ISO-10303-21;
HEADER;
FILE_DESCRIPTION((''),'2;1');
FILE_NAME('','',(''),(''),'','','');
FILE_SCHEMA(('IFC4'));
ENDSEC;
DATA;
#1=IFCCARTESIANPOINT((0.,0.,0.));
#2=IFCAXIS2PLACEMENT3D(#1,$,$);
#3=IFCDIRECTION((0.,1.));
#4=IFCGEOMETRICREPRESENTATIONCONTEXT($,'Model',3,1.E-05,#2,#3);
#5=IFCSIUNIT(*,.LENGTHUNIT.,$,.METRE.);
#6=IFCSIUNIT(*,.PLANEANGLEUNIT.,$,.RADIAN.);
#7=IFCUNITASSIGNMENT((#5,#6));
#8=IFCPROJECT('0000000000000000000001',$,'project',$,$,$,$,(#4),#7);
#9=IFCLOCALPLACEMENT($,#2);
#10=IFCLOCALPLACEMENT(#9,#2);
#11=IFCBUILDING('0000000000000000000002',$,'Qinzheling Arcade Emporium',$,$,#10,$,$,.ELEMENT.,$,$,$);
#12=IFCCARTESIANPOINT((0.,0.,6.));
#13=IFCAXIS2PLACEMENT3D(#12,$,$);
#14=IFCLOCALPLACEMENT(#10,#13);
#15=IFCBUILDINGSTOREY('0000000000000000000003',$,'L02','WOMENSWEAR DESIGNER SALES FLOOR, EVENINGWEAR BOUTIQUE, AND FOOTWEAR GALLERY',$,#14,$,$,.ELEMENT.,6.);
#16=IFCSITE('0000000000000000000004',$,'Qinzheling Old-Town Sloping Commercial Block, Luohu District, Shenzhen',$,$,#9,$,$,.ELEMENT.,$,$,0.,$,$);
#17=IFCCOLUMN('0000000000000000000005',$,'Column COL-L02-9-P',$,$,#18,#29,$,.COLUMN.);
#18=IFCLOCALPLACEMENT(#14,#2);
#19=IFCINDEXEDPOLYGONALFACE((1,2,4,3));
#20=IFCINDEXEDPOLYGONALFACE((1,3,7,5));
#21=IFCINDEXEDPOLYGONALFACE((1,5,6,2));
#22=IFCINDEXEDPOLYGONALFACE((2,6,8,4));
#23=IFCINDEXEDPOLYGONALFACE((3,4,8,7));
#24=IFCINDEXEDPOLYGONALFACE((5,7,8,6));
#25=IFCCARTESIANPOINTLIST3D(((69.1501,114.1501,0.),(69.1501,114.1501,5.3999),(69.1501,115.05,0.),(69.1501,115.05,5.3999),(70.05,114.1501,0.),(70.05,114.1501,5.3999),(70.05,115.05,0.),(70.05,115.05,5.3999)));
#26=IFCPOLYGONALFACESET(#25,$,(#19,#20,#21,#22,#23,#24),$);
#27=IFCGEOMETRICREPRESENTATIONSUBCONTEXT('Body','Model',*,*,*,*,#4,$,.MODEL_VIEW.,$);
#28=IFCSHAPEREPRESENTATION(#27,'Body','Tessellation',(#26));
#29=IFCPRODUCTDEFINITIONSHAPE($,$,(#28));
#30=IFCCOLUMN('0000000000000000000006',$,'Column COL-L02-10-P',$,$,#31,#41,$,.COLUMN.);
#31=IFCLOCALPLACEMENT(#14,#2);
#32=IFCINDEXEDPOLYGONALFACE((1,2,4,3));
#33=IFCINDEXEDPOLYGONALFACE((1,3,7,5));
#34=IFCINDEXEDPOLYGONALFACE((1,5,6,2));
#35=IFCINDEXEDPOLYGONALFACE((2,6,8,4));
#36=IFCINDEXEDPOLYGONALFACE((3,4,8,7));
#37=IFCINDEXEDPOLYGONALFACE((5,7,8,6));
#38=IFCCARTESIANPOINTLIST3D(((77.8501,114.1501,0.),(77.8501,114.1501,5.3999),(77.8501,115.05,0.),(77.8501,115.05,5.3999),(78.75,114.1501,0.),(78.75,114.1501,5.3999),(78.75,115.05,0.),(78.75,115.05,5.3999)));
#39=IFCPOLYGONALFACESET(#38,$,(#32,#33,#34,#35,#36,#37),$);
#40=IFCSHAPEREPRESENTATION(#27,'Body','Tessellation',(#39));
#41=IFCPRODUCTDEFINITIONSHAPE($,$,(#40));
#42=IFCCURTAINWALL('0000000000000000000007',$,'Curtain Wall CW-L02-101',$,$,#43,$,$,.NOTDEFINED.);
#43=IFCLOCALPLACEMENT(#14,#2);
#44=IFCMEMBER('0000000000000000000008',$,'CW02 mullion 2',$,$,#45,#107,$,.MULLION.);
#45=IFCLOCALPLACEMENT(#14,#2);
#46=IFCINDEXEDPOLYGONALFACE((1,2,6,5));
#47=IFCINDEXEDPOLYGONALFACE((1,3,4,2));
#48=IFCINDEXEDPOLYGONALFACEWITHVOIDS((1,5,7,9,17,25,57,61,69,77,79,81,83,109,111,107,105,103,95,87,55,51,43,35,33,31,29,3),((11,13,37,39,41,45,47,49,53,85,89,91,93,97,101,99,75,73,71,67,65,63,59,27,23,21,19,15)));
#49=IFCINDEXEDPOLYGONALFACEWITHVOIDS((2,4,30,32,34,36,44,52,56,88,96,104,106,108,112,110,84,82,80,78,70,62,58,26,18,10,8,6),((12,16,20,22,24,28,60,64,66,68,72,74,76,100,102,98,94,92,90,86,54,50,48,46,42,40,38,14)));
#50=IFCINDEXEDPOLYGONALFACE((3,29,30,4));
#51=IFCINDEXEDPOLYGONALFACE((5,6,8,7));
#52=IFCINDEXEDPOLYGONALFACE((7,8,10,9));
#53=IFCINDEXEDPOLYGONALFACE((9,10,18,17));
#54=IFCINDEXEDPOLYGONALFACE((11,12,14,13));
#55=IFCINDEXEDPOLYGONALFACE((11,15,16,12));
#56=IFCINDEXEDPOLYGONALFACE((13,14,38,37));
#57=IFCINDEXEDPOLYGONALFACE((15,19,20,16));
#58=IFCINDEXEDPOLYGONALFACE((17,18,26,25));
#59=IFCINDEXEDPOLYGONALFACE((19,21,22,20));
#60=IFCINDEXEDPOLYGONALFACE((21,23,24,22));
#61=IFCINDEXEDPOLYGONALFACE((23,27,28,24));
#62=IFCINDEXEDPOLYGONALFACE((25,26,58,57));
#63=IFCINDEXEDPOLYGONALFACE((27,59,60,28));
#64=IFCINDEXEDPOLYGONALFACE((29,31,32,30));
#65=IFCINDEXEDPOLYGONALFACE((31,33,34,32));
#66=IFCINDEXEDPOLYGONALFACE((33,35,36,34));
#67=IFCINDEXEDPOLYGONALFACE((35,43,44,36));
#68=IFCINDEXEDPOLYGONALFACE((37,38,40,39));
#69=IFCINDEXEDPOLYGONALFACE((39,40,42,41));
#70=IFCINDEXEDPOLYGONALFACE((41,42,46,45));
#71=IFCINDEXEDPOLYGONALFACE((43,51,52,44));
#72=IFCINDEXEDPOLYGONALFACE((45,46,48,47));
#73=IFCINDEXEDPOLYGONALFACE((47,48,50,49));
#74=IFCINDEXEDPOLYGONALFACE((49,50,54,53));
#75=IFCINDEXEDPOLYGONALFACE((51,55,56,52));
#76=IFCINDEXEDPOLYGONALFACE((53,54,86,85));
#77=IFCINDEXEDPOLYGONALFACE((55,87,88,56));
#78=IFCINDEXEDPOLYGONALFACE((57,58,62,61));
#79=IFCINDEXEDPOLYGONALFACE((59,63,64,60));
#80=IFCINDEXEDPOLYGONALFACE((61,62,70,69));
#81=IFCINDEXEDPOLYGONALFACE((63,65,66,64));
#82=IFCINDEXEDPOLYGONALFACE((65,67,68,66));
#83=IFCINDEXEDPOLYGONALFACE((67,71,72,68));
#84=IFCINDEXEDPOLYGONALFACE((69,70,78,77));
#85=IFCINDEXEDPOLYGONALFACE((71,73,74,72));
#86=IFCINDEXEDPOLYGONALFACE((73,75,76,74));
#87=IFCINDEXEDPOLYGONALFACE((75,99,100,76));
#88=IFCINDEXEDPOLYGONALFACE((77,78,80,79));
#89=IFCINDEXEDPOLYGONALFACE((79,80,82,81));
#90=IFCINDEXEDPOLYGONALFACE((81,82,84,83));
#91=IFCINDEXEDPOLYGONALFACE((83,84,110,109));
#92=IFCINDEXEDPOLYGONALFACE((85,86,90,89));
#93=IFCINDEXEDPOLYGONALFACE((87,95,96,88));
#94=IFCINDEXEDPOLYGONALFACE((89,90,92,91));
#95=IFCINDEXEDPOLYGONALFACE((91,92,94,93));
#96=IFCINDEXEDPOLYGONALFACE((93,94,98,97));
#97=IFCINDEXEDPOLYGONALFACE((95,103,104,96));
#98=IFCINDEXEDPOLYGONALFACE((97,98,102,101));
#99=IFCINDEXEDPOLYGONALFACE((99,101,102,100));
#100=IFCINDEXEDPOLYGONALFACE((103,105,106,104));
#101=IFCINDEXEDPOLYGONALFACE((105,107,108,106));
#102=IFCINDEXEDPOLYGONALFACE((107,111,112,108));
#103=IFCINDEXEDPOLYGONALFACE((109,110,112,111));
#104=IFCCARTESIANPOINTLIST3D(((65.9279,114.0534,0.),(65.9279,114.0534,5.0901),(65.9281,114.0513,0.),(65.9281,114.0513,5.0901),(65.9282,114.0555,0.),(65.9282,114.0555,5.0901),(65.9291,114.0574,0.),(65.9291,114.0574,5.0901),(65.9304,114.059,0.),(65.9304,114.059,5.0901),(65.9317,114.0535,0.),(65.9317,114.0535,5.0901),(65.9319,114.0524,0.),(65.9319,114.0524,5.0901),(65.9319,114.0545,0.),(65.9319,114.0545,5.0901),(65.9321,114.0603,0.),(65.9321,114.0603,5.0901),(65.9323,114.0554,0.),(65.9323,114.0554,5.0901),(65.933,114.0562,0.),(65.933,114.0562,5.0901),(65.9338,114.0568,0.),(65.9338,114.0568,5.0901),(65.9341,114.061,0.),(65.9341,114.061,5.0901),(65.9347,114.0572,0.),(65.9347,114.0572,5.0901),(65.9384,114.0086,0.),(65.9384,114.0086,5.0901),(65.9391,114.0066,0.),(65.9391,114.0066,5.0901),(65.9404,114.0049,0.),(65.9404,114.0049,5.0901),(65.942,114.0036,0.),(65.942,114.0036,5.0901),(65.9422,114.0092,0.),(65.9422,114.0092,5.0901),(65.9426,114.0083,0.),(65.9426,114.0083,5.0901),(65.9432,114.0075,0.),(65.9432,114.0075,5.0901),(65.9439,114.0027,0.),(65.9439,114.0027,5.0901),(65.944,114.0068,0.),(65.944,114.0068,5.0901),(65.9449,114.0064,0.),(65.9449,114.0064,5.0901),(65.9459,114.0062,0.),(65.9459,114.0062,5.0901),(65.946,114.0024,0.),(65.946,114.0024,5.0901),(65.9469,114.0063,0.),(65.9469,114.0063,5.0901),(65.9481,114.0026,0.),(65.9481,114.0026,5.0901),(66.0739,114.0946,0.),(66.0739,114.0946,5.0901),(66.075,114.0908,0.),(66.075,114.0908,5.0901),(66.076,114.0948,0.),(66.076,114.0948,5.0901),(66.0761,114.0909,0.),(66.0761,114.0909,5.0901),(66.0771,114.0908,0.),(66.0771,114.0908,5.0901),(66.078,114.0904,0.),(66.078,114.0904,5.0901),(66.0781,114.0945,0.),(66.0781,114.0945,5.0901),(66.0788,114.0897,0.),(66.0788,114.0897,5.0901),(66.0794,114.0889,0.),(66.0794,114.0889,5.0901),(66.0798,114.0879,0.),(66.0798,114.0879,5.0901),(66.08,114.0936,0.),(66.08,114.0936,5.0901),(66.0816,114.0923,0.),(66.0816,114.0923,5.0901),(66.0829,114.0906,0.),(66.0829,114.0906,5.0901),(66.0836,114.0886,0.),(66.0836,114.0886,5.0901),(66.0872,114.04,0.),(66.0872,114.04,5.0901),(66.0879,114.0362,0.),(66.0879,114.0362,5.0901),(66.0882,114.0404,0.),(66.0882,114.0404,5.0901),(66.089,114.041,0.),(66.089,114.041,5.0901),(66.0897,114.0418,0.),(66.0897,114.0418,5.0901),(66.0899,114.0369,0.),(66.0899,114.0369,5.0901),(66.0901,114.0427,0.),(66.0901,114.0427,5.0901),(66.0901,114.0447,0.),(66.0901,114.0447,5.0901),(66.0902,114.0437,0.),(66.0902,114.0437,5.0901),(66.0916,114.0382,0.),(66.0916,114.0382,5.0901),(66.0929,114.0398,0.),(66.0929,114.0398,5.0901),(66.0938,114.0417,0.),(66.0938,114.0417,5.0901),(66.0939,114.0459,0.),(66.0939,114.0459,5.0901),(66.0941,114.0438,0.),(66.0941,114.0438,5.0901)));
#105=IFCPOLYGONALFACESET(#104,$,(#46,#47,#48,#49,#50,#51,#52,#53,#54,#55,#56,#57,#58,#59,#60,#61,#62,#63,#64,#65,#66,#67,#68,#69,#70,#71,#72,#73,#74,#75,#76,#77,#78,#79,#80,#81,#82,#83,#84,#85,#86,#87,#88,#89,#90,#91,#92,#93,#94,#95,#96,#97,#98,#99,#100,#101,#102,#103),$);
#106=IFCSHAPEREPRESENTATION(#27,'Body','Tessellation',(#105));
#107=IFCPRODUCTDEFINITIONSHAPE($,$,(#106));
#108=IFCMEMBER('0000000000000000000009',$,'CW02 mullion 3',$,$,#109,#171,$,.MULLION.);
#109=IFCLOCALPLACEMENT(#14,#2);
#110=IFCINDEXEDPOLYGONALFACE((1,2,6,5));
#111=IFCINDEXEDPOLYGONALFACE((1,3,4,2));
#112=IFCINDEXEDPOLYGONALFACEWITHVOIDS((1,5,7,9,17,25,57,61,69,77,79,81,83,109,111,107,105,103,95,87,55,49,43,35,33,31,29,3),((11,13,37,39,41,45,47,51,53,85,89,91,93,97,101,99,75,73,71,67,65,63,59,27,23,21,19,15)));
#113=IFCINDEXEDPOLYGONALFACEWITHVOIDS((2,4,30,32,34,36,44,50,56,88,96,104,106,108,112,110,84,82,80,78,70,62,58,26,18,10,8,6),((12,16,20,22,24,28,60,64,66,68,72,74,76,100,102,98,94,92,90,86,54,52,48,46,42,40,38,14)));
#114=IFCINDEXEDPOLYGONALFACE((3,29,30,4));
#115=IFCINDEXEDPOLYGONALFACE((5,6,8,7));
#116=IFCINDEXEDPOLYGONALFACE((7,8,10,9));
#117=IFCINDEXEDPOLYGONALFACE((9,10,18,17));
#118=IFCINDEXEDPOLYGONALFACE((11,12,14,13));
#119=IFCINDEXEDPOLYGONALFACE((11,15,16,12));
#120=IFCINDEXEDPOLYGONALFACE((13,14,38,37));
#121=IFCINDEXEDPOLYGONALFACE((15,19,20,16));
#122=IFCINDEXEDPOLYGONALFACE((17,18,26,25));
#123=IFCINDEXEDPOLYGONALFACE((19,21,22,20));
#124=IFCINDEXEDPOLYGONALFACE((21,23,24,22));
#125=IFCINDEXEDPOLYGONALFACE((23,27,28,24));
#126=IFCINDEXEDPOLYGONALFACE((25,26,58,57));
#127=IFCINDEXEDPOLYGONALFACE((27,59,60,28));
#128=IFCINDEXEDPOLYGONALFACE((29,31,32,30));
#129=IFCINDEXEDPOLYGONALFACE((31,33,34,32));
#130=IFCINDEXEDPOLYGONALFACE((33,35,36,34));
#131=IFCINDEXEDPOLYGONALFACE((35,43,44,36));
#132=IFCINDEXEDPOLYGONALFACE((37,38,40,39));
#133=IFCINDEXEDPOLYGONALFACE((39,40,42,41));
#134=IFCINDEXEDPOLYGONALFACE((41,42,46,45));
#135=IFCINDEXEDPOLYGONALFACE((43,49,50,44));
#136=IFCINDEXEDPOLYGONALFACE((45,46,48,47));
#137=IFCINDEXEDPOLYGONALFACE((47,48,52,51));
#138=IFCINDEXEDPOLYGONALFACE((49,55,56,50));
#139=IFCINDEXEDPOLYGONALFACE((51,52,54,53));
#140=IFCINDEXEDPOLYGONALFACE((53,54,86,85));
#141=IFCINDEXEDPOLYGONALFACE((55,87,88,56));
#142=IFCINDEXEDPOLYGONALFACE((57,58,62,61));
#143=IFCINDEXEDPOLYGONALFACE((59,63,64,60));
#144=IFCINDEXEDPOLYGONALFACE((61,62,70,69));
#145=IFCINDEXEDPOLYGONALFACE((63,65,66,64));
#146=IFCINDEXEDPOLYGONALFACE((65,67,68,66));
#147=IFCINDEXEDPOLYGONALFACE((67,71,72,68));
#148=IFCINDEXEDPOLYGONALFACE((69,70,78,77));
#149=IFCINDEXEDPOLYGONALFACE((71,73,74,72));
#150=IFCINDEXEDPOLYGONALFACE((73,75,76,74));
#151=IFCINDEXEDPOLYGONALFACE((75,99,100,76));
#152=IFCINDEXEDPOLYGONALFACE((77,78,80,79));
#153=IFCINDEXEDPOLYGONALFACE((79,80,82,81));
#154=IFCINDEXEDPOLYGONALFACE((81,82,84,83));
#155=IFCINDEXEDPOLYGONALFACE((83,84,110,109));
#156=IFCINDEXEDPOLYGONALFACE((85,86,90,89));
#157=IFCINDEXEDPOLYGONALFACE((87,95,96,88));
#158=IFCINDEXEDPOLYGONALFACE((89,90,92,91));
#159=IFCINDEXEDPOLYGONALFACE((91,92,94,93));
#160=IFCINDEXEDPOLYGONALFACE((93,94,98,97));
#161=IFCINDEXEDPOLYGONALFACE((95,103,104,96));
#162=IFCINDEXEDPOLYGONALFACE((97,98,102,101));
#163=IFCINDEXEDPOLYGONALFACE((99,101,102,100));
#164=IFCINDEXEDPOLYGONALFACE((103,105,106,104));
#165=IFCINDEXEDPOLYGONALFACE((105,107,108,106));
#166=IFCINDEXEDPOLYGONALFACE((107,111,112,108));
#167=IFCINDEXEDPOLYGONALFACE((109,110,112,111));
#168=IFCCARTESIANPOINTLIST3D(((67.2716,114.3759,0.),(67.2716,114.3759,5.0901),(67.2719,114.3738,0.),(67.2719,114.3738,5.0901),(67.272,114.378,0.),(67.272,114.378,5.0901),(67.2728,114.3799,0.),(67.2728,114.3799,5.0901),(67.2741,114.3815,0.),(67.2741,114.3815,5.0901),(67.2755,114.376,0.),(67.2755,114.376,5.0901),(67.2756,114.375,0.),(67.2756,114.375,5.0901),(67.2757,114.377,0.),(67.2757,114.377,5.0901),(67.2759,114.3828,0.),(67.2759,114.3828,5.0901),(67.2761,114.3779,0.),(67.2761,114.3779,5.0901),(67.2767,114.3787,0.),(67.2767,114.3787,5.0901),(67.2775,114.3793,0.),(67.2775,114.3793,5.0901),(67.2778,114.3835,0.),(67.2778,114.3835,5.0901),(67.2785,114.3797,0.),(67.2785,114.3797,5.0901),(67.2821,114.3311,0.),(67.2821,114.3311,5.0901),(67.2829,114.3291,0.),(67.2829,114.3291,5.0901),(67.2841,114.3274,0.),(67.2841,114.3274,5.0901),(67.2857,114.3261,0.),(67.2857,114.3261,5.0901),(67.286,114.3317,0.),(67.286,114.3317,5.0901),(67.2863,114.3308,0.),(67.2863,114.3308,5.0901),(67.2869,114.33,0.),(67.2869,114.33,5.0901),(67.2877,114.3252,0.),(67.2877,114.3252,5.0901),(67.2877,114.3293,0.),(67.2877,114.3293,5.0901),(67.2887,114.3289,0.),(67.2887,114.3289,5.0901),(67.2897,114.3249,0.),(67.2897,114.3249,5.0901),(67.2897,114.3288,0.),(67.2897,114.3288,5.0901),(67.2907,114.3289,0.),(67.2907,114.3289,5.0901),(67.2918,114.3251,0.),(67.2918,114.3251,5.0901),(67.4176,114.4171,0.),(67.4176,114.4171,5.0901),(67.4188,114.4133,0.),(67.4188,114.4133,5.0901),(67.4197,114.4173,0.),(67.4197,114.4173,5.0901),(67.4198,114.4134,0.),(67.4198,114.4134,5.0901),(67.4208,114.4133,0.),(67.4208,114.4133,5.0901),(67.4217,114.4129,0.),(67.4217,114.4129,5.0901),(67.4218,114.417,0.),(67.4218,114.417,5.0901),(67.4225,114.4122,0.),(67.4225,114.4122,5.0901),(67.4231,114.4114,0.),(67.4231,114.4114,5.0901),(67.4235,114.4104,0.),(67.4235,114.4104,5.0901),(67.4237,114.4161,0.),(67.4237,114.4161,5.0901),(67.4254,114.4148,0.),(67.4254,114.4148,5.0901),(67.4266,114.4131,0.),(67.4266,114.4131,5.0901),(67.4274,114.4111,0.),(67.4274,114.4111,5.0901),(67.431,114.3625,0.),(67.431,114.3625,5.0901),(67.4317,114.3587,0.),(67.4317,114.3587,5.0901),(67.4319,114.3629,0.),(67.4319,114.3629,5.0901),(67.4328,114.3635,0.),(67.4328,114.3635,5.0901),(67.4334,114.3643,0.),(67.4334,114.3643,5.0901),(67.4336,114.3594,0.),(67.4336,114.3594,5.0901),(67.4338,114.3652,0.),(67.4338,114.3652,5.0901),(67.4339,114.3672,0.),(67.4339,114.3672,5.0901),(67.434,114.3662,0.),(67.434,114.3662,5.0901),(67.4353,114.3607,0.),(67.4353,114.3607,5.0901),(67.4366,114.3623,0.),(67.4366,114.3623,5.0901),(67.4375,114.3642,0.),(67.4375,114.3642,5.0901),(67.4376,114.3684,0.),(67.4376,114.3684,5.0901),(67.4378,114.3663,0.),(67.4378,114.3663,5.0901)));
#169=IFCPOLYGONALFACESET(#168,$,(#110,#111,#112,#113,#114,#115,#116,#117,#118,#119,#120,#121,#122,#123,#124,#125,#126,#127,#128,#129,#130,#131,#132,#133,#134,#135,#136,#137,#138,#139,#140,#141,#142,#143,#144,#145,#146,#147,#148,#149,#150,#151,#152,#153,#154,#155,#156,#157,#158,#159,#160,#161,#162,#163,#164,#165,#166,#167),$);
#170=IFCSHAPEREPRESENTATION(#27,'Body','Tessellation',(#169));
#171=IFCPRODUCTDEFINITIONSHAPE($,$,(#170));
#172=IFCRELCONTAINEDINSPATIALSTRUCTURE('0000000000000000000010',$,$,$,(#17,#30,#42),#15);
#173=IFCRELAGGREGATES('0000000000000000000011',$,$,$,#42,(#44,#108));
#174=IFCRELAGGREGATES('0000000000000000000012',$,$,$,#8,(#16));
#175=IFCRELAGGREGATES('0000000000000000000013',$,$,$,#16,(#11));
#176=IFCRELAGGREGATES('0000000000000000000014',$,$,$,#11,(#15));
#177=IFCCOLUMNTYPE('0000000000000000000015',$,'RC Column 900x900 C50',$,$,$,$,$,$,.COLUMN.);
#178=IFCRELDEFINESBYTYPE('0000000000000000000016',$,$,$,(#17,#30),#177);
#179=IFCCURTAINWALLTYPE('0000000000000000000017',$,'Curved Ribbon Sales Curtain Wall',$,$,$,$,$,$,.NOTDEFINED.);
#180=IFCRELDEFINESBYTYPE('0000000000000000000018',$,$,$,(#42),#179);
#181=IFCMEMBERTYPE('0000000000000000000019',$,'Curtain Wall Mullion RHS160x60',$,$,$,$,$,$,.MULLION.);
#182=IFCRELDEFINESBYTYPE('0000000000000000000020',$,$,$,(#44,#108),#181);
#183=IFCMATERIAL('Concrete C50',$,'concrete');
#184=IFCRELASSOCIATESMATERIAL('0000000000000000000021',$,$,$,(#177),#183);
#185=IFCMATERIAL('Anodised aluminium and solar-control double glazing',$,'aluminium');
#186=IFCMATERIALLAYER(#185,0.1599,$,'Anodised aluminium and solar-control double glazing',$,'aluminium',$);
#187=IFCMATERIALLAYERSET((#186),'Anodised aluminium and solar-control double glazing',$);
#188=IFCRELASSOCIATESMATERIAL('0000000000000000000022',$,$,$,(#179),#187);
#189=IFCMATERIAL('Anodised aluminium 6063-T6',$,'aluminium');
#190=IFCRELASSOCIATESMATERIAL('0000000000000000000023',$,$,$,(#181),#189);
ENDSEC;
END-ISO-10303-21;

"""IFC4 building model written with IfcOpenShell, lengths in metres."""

from ifc_helpers import new_model, si_unit, direction, frame, origin, origin_2d, place, context, subcontext, project, spatial, rectangle, hollow_rectangle, extrude, material, layer, layer_set, material_profile, profile_set, type_object, element, aggregate, save


model = new_model("IFC4")

# Units and contexts
model_context = context("Model", 3, precision=1e-05, world=origin(), true_north=direction((0.0, 1.0)))
body_context = subcontext(model_context, "Body", "Model", "MODEL_VIEW")
ifc_project = project(units=[si_unit("LENGTHUNIT", "METRE"), si_unit("PLANEANGLEUNIT", "RADIAN")], contexts=[model_context])

# Site, building, storey
site_placement = place(None, origin())
site = spatial("IfcSite", under=ifc_project, at=site_placement, Name="Qinzheling Old-Town Sloping Commercial Block, Luohu District, Shenzhen", CompositionType="ELEMENT", RefElevation=0.0)
building_placement = place(site_placement, origin())
building = spatial("IfcBuilding", under=site, at=building_placement, Name="Qinzheling Arcade Emporium", CompositionType="ELEMENT")
storey_placement = place(building_placement, frame((0.0, 0.0, 6.0)))
storey = spatial("IfcBuildingStorey", under=building, at=storey_placement, Name="L02", Description="WOMENSWEAR DESIGNER SALES FLOOR, EVENINGWEAR BOUTIQUE, AND FOOTWEAR GALLERY", CompositionType="ELEMENT", Elevation=6.0)

# Columns
ifc_material_1 = material(Name="Concrete C50", Category="concrete")
ifc_material_profile_1 = material_profile(ifc_material_1, rectangle(XDim=0.8999, YDim=0.8999, at=origin_2d()), Name="RC 900x900", Category="concrete")
ifc_profile_set_1 = profile_set([ifc_material_profile_1], Name="Concrete C50")
column_type = type_object("IfcColumnType", Name="RC Column 900x900 C50", PredefinedType="COLUMN", material=ifc_profile_set_1)
for number, where, z_axis, x_axis, name in (
    (1, (69.6001, 114.6001, 0.0), (0.0, 0.0, 1.0), (1.0, 0.0, 0.0), "Column COL-L02-9-P"),
    (2, (78.3, 114.6001, 0.0), (0.0, 0.0, 1.0), (1.0, 0.0, 0.0), "Column COL-L02-10-P"),
):
    element("IfcColumn", number, at=place(storey_placement, frame(where, z_axis=z_axis, x_axis=x_axis)), inside=storey, type_object=column_type, Name=name, PredefinedType="COLUMN", context=body_context, shape_type="SweptSolid", body=[
        extrude(rectangle(XDim=0.8999, YDim=0.8999, at=origin_2d()), origin(), (0.0, 0.0, 1.0), 5.3999),
    ])

# Curtain wall, members
ifc_material_2 = material(Name="Anodised aluminium and solar-control double glazing", Category="aluminium")
ifc_layer_1 = layer(ifc_material_2, 0.1599, Name="Anodised aluminium and solar-control double glazing", Category="aluminium")
ifc_layer_set_1 = layer_set([ifc_layer_1], Name="Anodised aluminium and solar-control double glazing")
curtain_wall_type = type_object("IfcCurtainWallType", Name="Curved Ribbon Sales Curtain Wall", PredefinedType="NOTDEFINED", material=ifc_layer_set_1)
curtain_wall_placement = place(storey_placement, origin())
curtain_wall = element("IfcCurtainWall", 3, at=curtain_wall_placement, inside=storey, type_object=curtain_wall_type, Name="Curtain Wall CW-L02-101", PredefinedType="NOTDEFINED")
ifc_material_3 = material(Name="Anodised aluminium 6063-T6", Category="aluminium")
ifc_material_profile_2 = material_profile(ifc_material_3, hollow_rectangle(XDim=0.0601, YDim=0.1599, WallThickness=0.0039, InnerFilletRadius=0.0039, OuterFilletRadius=0.0081, at=origin_2d()), Name="RHS 160x60x4", Category="aluminium")
ifc_profile_set_2 = profile_set([ifc_material_profile_2], Name="Anodised aluminium 6063-T6")
member_type_1 = type_object("IfcMemberType", Name="Curtain Wall Mullion RHS160x60", PredefinedType="MULLION", material=ifc_profile_set_2)
member_1_placement = place(storey_placement, frame((66.011, 114.0486, 0.0), z_axis=(0.0, 0.0, 1.0), x_axis=(-0.23336, 0.972391, 0.0)))
member_1 = element("IfcMember", 4, at=member_1_placement, type_object=member_type_1, Name="CW02 mullion 2", PredefinedType="MULLION", context=body_context, shape_type="SweptSolid", body=[
    extrude(hollow_rectangle(XDim=0.0601, YDim=0.1599, WallThickness=0.0039, InnerFilletRadius=0.0039, OuterFilletRadius=0.0081, at=origin_2d()), origin(), (0.0, 0.0, 1.0), 5.0901),
])
member_2_placement = place(storey_placement, frame((67.3547, 114.3711, 0.0), z_axis=(0.0, 0.0, 1.0), x_axis=(-0.23336, 0.972391, 0.0)))
member_2 = element("IfcMember", 5, at=member_2_placement, type_object=member_type_1, Name="CW02 mullion 3", PredefinedType="MULLION", context=body_context, shape_type="SweptSolid", body=[
    extrude(hollow_rectangle(XDim=0.0601, YDim=0.1599, WallThickness=0.0039, InnerFilletRadius=0.0039, OuterFilletRadius=0.0081, at=origin_2d()), origin(), (0.0, 0.0, 1.0), 5.0901),
])

aggregate(curtain_wall, [member_1, member_2])

save(model, "model.ifc")
